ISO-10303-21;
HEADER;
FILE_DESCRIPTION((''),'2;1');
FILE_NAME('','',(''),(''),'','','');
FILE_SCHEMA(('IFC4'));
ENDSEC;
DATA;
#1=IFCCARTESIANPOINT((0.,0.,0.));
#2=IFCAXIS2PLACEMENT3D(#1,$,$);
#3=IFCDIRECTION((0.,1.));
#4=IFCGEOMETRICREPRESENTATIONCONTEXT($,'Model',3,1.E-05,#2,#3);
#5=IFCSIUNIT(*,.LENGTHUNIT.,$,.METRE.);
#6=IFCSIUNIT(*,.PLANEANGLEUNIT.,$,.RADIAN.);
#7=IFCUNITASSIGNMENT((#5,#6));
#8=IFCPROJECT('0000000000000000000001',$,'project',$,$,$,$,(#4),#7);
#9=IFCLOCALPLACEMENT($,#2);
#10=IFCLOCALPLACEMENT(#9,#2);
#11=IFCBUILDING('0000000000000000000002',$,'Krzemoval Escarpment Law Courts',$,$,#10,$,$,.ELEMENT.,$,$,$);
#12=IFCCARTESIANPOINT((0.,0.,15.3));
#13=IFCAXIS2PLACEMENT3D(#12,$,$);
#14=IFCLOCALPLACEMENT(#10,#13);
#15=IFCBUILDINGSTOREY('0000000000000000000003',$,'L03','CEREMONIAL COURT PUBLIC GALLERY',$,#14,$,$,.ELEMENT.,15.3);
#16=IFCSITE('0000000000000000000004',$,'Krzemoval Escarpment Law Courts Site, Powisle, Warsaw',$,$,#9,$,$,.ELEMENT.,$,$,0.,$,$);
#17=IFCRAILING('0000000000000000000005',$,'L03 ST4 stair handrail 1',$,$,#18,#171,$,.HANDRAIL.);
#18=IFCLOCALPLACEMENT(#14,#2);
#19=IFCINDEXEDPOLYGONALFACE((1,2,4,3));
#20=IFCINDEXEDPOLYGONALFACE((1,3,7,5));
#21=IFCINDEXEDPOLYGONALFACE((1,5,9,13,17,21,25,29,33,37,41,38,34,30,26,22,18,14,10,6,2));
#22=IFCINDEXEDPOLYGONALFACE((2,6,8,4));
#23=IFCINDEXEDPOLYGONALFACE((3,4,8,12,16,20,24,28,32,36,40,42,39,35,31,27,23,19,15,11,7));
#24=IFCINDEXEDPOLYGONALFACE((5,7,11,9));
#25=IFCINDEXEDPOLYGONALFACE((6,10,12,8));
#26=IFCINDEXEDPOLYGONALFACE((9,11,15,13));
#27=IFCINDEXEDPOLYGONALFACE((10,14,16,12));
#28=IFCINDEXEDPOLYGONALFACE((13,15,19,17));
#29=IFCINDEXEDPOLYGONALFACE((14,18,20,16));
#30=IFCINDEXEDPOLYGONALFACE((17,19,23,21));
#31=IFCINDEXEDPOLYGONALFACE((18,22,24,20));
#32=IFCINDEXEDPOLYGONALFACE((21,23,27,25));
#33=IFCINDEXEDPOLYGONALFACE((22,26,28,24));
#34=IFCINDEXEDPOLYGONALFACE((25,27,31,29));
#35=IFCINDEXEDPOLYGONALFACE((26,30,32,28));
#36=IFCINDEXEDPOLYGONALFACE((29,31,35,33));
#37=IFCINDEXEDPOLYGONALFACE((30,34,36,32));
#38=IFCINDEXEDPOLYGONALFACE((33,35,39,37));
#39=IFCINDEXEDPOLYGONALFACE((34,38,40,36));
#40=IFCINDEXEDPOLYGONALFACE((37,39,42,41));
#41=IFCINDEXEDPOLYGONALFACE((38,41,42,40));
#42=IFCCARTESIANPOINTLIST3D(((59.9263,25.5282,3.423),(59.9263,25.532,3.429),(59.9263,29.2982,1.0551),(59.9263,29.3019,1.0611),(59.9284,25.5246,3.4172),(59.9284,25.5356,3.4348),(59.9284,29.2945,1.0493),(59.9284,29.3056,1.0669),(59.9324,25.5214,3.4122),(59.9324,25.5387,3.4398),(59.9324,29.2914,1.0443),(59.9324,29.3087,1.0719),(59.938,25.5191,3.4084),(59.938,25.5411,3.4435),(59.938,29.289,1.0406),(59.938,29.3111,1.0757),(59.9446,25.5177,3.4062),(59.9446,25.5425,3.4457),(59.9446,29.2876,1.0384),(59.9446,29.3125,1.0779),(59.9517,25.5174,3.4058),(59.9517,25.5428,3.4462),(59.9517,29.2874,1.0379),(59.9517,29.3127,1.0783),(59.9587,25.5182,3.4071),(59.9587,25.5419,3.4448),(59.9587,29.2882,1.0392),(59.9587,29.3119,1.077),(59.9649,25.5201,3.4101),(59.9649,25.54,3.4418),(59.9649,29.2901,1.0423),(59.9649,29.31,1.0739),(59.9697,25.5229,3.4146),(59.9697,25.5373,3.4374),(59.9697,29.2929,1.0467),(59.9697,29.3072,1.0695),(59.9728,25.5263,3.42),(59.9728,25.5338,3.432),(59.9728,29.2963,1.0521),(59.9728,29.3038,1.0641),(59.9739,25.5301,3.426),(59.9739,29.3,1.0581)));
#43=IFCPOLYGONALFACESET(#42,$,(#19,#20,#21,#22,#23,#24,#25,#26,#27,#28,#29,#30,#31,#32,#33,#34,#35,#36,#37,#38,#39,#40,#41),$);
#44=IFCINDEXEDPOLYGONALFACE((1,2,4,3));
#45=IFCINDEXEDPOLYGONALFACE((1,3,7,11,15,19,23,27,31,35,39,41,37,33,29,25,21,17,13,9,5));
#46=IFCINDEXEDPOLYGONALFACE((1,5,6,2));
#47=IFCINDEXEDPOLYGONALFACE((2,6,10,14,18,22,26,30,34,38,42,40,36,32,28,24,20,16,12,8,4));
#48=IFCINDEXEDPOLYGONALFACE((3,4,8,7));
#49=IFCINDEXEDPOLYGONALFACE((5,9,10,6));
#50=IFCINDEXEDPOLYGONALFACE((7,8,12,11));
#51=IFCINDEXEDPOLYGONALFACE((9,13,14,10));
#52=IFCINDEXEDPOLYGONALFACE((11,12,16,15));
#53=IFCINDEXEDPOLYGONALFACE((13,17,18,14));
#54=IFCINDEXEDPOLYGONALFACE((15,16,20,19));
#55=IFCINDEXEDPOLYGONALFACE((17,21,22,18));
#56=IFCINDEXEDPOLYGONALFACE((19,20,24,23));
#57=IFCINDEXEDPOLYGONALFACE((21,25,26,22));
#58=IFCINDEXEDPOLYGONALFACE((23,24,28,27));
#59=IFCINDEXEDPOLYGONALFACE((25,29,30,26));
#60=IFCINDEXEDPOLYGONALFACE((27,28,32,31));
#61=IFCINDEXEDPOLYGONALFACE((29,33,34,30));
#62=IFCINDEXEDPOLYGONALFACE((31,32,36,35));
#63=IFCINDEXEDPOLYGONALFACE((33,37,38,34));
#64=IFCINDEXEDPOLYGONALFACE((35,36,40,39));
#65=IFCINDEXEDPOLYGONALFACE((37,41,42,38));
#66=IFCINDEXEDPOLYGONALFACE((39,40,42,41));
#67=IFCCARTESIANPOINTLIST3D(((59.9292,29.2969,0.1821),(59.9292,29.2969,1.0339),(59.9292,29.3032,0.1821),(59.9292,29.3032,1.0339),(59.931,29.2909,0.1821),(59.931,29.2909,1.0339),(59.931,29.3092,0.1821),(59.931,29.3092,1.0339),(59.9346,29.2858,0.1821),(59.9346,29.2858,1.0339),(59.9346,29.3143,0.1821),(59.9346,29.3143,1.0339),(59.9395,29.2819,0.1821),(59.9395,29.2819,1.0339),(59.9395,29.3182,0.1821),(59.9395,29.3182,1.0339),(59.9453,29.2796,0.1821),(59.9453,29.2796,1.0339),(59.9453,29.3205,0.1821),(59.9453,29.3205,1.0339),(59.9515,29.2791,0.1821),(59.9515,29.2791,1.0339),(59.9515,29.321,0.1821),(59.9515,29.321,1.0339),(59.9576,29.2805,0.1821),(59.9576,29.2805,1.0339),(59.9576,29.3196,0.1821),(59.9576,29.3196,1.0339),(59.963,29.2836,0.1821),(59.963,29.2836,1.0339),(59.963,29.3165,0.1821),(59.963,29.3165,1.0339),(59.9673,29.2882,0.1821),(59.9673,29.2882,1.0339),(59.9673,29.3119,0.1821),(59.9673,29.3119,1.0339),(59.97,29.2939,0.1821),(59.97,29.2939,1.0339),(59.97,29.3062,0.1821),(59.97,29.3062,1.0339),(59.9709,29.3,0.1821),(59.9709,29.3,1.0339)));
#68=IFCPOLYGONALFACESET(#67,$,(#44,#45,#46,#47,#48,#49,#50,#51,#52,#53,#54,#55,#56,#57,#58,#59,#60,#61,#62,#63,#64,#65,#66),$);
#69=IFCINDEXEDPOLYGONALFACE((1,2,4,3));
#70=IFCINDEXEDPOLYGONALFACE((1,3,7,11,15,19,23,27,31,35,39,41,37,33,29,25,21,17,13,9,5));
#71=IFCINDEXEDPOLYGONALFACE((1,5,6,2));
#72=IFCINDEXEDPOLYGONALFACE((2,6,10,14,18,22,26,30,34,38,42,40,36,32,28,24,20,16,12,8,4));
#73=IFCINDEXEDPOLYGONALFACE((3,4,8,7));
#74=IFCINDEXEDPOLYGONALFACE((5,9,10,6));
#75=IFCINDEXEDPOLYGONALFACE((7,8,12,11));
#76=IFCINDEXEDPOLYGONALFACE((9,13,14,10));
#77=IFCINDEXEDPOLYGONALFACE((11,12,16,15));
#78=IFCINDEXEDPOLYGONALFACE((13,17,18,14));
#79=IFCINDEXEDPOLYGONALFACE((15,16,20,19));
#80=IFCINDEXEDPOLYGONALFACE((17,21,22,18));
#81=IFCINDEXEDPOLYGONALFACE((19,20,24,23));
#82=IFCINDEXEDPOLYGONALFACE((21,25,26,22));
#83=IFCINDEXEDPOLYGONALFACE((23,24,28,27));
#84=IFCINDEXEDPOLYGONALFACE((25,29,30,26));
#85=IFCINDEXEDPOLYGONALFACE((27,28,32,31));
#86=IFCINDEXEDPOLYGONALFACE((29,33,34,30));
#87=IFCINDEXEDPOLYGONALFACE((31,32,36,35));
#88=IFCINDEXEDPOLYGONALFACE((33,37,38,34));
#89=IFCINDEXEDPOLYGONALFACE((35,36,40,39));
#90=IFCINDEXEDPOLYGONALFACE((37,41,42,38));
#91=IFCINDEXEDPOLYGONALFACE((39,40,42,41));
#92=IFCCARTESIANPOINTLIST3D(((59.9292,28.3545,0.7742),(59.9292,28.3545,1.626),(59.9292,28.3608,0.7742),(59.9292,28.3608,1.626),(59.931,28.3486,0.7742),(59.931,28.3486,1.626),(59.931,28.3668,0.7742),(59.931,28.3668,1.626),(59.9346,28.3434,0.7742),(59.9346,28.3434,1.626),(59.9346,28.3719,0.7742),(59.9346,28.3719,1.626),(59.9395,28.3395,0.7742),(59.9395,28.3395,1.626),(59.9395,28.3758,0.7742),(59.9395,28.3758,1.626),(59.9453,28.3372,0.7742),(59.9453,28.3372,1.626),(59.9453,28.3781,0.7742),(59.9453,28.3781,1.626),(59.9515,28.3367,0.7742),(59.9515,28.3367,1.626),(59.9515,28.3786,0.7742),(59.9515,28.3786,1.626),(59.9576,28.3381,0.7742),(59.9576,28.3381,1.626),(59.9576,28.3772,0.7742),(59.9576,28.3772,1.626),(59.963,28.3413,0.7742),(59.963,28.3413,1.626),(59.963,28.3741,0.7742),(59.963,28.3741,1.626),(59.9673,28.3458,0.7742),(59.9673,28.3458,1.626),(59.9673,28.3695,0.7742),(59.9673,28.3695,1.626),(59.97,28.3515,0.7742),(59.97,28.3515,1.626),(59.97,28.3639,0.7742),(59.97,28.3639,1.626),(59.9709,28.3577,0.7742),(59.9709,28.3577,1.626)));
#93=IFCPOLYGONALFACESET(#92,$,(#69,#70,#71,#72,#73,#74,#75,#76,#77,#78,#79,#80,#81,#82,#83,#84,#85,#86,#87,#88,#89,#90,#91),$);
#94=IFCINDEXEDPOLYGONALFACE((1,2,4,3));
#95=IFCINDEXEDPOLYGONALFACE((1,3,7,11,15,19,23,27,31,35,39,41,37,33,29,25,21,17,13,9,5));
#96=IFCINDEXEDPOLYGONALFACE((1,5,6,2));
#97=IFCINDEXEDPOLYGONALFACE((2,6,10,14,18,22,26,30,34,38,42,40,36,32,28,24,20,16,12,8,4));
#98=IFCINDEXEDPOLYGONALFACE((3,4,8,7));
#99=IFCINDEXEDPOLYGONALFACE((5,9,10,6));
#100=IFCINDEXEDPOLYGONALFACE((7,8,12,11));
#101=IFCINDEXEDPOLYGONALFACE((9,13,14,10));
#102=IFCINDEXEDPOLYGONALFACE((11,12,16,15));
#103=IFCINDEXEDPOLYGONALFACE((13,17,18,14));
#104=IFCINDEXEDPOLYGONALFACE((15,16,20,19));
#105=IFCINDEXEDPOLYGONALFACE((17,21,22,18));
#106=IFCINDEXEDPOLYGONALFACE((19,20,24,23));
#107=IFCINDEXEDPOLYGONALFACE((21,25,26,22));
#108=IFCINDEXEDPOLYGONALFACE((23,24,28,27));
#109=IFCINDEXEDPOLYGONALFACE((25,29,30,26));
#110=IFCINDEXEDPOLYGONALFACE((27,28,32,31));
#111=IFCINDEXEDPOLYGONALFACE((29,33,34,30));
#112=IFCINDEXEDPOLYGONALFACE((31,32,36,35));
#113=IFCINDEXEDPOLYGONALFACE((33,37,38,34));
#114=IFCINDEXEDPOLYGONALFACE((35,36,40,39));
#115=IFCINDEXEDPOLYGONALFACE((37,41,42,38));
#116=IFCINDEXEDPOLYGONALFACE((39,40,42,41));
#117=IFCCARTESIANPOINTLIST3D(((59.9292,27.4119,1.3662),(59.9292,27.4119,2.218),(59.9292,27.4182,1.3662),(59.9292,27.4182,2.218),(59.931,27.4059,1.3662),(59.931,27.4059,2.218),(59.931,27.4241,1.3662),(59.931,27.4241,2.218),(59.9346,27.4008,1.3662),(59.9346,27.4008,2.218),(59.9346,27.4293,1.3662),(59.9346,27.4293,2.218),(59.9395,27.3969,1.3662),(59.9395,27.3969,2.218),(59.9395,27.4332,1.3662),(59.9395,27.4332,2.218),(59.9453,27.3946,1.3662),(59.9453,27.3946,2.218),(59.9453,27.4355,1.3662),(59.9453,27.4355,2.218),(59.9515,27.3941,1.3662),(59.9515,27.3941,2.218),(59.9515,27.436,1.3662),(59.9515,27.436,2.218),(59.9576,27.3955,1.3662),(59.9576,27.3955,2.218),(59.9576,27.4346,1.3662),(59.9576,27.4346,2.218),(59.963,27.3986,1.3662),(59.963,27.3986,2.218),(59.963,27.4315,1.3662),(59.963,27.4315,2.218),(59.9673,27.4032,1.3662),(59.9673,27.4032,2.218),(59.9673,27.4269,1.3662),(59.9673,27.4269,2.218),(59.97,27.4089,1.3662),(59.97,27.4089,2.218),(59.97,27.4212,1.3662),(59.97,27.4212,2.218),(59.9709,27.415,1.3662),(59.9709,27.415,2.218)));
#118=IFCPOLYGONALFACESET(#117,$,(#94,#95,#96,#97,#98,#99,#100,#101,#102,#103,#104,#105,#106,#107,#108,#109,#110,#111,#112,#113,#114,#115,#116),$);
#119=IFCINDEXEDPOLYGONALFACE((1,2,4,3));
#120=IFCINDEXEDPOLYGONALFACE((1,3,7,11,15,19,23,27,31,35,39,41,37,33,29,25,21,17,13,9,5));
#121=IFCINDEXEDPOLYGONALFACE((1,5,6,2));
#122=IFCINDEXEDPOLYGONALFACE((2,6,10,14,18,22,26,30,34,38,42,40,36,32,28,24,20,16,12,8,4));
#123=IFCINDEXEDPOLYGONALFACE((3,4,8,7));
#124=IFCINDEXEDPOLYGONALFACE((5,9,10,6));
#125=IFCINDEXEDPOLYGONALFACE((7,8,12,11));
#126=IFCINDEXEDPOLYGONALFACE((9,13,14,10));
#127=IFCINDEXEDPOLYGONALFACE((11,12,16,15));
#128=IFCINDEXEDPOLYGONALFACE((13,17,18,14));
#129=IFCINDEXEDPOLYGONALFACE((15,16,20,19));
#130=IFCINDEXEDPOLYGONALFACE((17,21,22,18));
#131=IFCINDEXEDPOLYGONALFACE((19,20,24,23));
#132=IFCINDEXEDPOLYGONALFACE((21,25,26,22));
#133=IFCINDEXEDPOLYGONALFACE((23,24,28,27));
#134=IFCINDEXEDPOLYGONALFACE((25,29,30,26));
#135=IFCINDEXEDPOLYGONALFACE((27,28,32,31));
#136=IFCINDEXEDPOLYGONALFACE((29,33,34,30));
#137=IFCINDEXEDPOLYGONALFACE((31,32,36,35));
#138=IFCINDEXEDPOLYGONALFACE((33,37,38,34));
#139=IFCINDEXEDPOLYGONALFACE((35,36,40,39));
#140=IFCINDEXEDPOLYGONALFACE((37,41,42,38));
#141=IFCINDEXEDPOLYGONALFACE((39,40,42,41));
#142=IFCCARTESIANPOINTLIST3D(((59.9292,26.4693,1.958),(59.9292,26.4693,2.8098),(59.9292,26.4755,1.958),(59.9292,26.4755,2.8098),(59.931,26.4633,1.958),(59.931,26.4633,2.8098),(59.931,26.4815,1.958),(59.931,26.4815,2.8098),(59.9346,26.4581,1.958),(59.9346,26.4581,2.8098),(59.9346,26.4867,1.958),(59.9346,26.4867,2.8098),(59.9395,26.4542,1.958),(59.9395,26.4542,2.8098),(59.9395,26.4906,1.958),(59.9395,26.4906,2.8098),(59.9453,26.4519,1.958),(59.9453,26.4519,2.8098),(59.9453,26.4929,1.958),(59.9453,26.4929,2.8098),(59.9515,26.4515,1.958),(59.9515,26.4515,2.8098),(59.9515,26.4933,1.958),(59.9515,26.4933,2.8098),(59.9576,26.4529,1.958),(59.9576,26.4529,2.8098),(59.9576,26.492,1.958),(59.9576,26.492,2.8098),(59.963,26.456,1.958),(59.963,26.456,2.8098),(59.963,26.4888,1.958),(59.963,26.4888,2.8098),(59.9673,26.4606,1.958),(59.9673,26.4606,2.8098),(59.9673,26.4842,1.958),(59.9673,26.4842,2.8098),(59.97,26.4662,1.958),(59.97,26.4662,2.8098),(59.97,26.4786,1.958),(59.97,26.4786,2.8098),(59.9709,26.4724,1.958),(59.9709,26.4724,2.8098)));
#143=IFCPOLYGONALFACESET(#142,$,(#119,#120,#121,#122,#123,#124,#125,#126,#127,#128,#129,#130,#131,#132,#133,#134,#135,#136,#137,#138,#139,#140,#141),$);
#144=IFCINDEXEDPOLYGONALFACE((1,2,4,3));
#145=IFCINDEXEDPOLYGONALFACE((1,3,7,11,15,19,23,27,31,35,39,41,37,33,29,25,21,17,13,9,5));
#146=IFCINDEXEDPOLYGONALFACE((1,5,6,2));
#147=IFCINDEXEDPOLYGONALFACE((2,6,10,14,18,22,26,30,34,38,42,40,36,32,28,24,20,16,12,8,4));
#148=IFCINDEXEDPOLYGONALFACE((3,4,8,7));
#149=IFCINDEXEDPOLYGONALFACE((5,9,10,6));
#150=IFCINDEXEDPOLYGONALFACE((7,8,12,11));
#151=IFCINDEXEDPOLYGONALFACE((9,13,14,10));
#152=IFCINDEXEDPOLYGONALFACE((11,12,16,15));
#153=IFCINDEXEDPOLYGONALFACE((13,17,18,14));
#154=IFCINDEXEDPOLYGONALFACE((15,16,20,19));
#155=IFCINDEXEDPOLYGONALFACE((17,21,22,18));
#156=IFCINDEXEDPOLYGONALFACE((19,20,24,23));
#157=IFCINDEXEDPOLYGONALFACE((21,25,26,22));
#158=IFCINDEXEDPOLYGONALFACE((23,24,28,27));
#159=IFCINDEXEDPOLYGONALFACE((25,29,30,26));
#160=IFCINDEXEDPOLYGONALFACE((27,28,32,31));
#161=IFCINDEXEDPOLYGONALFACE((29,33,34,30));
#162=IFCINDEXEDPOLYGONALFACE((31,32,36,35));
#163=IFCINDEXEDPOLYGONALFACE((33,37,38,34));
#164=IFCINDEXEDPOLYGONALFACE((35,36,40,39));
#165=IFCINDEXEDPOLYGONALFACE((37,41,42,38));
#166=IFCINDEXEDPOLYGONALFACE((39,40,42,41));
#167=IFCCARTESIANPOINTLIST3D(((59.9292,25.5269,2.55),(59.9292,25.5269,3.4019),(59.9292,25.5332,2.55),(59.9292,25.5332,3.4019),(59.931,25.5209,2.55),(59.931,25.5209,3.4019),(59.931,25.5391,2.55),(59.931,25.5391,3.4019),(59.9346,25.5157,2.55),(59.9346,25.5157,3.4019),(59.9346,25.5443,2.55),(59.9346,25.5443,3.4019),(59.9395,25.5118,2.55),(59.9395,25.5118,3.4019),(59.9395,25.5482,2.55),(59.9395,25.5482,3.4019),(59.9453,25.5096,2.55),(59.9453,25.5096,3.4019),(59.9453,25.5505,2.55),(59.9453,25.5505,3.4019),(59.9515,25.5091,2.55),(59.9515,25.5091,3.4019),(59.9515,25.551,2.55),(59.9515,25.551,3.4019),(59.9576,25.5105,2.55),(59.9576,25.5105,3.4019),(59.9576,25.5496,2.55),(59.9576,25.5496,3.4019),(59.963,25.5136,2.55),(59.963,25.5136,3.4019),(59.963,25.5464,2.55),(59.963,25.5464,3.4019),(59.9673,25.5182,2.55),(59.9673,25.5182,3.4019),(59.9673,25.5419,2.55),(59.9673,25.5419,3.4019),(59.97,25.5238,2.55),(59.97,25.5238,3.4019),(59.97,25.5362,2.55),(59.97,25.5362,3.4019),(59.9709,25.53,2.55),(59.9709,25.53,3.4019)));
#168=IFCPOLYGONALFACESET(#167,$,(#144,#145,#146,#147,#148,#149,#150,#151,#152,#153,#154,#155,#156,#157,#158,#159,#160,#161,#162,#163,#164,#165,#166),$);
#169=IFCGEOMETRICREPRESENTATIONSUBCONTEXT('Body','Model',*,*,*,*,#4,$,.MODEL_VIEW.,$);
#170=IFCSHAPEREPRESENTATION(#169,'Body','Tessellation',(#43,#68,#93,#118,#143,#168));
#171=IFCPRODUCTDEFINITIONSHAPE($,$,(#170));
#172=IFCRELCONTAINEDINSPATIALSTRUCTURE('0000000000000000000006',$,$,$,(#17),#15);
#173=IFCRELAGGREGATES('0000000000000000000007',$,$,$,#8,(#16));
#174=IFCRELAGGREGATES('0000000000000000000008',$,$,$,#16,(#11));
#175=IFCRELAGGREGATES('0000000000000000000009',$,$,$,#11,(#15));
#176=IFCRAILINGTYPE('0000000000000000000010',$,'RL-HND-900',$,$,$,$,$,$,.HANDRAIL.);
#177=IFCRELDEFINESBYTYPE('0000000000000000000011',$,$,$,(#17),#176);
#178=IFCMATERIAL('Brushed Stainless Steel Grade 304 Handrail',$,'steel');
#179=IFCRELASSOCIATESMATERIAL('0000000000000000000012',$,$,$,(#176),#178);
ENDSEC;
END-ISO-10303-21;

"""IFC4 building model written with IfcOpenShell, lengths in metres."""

from ifc_helpers import new_model, si_unit, direction, frame, origin, origin_2d, place, context, subcontext, project, spatial, circle, extrude, material, type_object, element, save


model = new_model("IFC4")

# Units and contexts
model_context = context("Model", 3, precision=1e-05, world=origin(), true_north=direction((0.0, 1.0)))
body_context = subcontext(model_context, "Body", "Model", "MODEL_VIEW")
ifc_project = project(units=[si_unit("LENGTHUNIT", "METRE"), si_unit("PLANEANGLEUNIT", "RADIAN")], contexts=[model_context])

# Site, building, storey
site_placement = place(None, origin())
site = spatial("IfcSite", under=ifc_project, at=site_placement, Name="Krzemoval Escarpment Law Courts Site, Powisle, Warsaw", CompositionType="ELEMENT", RefElevation=0.0)
building_placement = place(site_placement, origin())
building = spatial("IfcBuilding", under=site, at=building_placement, Name="Krzemoval Escarpment Law Courts", CompositionType="ELEMENT")
storey_placement = place(building_placement, frame((0.0, 0.0, 15.3)))
storey = spatial("IfcBuildingStorey", under=building, at=storey_placement, Name="L03", Description="CEREMONIAL COURT PUBLIC GALLERY", CompositionType="ELEMENT", Elevation=15.3)

# Railing
ifc_material_1 = material(Name="Brushed Stainless Steel Grade 304 Handrail", Category="steel")
railing_type_1 = type_object("IfcRailingType", Name="RL-HND-900", PredefinedType="HANDRAIL", material=ifc_material_1)
railing_1_placement = place(storey_placement, frame((59.95, 29.3, 0.1821)))
element("IfcRailing", 1, at=railing_1_placement, inside=storey, type_object=railing_type_1, Name="L03 ST4 stair handrail 1", PredefinedType="HANDRAIL", context=body_context, shape_type="SweptSolid", body=[
    extrude(circle(Radius=0.0239, at=origin_2d()), frame((0.0, 0.0, 0.876), z_axis=(0.0, -0.846819, 0.531881), x_axis=(1.0, 0.0, 0.0)), (0.0, 0.0, 1.0), 4.4519),
    extrude(circle(Radius=0.021, at=origin_2d()), origin(), (0.0, 0.0, 1.0), 0.8518),
    extrude(circle(Radius=0.021, at=origin_2d()), frame((0.0, -0.9424, 0.592)), (0.0, 0.0, 1.0), 0.8518),
    extrude(circle(Radius=0.021, at=origin_2d()), frame((0.0, -1.885, 1.1841)), (0.0, 0.0, 1.0), 0.8518),
    extrude(circle(Radius=0.021, at=origin_2d()), frame((0.0, -2.8276, 1.7759)), (0.0, 0.0, 1.0), 0.8518),
    extrude(circle(Radius=0.021, at=origin_2d()), frame((0.0, -3.77, 2.3679)), (0.0, 0.0, 1.0), 0.8518),
])

save(model, "model.ifc")
